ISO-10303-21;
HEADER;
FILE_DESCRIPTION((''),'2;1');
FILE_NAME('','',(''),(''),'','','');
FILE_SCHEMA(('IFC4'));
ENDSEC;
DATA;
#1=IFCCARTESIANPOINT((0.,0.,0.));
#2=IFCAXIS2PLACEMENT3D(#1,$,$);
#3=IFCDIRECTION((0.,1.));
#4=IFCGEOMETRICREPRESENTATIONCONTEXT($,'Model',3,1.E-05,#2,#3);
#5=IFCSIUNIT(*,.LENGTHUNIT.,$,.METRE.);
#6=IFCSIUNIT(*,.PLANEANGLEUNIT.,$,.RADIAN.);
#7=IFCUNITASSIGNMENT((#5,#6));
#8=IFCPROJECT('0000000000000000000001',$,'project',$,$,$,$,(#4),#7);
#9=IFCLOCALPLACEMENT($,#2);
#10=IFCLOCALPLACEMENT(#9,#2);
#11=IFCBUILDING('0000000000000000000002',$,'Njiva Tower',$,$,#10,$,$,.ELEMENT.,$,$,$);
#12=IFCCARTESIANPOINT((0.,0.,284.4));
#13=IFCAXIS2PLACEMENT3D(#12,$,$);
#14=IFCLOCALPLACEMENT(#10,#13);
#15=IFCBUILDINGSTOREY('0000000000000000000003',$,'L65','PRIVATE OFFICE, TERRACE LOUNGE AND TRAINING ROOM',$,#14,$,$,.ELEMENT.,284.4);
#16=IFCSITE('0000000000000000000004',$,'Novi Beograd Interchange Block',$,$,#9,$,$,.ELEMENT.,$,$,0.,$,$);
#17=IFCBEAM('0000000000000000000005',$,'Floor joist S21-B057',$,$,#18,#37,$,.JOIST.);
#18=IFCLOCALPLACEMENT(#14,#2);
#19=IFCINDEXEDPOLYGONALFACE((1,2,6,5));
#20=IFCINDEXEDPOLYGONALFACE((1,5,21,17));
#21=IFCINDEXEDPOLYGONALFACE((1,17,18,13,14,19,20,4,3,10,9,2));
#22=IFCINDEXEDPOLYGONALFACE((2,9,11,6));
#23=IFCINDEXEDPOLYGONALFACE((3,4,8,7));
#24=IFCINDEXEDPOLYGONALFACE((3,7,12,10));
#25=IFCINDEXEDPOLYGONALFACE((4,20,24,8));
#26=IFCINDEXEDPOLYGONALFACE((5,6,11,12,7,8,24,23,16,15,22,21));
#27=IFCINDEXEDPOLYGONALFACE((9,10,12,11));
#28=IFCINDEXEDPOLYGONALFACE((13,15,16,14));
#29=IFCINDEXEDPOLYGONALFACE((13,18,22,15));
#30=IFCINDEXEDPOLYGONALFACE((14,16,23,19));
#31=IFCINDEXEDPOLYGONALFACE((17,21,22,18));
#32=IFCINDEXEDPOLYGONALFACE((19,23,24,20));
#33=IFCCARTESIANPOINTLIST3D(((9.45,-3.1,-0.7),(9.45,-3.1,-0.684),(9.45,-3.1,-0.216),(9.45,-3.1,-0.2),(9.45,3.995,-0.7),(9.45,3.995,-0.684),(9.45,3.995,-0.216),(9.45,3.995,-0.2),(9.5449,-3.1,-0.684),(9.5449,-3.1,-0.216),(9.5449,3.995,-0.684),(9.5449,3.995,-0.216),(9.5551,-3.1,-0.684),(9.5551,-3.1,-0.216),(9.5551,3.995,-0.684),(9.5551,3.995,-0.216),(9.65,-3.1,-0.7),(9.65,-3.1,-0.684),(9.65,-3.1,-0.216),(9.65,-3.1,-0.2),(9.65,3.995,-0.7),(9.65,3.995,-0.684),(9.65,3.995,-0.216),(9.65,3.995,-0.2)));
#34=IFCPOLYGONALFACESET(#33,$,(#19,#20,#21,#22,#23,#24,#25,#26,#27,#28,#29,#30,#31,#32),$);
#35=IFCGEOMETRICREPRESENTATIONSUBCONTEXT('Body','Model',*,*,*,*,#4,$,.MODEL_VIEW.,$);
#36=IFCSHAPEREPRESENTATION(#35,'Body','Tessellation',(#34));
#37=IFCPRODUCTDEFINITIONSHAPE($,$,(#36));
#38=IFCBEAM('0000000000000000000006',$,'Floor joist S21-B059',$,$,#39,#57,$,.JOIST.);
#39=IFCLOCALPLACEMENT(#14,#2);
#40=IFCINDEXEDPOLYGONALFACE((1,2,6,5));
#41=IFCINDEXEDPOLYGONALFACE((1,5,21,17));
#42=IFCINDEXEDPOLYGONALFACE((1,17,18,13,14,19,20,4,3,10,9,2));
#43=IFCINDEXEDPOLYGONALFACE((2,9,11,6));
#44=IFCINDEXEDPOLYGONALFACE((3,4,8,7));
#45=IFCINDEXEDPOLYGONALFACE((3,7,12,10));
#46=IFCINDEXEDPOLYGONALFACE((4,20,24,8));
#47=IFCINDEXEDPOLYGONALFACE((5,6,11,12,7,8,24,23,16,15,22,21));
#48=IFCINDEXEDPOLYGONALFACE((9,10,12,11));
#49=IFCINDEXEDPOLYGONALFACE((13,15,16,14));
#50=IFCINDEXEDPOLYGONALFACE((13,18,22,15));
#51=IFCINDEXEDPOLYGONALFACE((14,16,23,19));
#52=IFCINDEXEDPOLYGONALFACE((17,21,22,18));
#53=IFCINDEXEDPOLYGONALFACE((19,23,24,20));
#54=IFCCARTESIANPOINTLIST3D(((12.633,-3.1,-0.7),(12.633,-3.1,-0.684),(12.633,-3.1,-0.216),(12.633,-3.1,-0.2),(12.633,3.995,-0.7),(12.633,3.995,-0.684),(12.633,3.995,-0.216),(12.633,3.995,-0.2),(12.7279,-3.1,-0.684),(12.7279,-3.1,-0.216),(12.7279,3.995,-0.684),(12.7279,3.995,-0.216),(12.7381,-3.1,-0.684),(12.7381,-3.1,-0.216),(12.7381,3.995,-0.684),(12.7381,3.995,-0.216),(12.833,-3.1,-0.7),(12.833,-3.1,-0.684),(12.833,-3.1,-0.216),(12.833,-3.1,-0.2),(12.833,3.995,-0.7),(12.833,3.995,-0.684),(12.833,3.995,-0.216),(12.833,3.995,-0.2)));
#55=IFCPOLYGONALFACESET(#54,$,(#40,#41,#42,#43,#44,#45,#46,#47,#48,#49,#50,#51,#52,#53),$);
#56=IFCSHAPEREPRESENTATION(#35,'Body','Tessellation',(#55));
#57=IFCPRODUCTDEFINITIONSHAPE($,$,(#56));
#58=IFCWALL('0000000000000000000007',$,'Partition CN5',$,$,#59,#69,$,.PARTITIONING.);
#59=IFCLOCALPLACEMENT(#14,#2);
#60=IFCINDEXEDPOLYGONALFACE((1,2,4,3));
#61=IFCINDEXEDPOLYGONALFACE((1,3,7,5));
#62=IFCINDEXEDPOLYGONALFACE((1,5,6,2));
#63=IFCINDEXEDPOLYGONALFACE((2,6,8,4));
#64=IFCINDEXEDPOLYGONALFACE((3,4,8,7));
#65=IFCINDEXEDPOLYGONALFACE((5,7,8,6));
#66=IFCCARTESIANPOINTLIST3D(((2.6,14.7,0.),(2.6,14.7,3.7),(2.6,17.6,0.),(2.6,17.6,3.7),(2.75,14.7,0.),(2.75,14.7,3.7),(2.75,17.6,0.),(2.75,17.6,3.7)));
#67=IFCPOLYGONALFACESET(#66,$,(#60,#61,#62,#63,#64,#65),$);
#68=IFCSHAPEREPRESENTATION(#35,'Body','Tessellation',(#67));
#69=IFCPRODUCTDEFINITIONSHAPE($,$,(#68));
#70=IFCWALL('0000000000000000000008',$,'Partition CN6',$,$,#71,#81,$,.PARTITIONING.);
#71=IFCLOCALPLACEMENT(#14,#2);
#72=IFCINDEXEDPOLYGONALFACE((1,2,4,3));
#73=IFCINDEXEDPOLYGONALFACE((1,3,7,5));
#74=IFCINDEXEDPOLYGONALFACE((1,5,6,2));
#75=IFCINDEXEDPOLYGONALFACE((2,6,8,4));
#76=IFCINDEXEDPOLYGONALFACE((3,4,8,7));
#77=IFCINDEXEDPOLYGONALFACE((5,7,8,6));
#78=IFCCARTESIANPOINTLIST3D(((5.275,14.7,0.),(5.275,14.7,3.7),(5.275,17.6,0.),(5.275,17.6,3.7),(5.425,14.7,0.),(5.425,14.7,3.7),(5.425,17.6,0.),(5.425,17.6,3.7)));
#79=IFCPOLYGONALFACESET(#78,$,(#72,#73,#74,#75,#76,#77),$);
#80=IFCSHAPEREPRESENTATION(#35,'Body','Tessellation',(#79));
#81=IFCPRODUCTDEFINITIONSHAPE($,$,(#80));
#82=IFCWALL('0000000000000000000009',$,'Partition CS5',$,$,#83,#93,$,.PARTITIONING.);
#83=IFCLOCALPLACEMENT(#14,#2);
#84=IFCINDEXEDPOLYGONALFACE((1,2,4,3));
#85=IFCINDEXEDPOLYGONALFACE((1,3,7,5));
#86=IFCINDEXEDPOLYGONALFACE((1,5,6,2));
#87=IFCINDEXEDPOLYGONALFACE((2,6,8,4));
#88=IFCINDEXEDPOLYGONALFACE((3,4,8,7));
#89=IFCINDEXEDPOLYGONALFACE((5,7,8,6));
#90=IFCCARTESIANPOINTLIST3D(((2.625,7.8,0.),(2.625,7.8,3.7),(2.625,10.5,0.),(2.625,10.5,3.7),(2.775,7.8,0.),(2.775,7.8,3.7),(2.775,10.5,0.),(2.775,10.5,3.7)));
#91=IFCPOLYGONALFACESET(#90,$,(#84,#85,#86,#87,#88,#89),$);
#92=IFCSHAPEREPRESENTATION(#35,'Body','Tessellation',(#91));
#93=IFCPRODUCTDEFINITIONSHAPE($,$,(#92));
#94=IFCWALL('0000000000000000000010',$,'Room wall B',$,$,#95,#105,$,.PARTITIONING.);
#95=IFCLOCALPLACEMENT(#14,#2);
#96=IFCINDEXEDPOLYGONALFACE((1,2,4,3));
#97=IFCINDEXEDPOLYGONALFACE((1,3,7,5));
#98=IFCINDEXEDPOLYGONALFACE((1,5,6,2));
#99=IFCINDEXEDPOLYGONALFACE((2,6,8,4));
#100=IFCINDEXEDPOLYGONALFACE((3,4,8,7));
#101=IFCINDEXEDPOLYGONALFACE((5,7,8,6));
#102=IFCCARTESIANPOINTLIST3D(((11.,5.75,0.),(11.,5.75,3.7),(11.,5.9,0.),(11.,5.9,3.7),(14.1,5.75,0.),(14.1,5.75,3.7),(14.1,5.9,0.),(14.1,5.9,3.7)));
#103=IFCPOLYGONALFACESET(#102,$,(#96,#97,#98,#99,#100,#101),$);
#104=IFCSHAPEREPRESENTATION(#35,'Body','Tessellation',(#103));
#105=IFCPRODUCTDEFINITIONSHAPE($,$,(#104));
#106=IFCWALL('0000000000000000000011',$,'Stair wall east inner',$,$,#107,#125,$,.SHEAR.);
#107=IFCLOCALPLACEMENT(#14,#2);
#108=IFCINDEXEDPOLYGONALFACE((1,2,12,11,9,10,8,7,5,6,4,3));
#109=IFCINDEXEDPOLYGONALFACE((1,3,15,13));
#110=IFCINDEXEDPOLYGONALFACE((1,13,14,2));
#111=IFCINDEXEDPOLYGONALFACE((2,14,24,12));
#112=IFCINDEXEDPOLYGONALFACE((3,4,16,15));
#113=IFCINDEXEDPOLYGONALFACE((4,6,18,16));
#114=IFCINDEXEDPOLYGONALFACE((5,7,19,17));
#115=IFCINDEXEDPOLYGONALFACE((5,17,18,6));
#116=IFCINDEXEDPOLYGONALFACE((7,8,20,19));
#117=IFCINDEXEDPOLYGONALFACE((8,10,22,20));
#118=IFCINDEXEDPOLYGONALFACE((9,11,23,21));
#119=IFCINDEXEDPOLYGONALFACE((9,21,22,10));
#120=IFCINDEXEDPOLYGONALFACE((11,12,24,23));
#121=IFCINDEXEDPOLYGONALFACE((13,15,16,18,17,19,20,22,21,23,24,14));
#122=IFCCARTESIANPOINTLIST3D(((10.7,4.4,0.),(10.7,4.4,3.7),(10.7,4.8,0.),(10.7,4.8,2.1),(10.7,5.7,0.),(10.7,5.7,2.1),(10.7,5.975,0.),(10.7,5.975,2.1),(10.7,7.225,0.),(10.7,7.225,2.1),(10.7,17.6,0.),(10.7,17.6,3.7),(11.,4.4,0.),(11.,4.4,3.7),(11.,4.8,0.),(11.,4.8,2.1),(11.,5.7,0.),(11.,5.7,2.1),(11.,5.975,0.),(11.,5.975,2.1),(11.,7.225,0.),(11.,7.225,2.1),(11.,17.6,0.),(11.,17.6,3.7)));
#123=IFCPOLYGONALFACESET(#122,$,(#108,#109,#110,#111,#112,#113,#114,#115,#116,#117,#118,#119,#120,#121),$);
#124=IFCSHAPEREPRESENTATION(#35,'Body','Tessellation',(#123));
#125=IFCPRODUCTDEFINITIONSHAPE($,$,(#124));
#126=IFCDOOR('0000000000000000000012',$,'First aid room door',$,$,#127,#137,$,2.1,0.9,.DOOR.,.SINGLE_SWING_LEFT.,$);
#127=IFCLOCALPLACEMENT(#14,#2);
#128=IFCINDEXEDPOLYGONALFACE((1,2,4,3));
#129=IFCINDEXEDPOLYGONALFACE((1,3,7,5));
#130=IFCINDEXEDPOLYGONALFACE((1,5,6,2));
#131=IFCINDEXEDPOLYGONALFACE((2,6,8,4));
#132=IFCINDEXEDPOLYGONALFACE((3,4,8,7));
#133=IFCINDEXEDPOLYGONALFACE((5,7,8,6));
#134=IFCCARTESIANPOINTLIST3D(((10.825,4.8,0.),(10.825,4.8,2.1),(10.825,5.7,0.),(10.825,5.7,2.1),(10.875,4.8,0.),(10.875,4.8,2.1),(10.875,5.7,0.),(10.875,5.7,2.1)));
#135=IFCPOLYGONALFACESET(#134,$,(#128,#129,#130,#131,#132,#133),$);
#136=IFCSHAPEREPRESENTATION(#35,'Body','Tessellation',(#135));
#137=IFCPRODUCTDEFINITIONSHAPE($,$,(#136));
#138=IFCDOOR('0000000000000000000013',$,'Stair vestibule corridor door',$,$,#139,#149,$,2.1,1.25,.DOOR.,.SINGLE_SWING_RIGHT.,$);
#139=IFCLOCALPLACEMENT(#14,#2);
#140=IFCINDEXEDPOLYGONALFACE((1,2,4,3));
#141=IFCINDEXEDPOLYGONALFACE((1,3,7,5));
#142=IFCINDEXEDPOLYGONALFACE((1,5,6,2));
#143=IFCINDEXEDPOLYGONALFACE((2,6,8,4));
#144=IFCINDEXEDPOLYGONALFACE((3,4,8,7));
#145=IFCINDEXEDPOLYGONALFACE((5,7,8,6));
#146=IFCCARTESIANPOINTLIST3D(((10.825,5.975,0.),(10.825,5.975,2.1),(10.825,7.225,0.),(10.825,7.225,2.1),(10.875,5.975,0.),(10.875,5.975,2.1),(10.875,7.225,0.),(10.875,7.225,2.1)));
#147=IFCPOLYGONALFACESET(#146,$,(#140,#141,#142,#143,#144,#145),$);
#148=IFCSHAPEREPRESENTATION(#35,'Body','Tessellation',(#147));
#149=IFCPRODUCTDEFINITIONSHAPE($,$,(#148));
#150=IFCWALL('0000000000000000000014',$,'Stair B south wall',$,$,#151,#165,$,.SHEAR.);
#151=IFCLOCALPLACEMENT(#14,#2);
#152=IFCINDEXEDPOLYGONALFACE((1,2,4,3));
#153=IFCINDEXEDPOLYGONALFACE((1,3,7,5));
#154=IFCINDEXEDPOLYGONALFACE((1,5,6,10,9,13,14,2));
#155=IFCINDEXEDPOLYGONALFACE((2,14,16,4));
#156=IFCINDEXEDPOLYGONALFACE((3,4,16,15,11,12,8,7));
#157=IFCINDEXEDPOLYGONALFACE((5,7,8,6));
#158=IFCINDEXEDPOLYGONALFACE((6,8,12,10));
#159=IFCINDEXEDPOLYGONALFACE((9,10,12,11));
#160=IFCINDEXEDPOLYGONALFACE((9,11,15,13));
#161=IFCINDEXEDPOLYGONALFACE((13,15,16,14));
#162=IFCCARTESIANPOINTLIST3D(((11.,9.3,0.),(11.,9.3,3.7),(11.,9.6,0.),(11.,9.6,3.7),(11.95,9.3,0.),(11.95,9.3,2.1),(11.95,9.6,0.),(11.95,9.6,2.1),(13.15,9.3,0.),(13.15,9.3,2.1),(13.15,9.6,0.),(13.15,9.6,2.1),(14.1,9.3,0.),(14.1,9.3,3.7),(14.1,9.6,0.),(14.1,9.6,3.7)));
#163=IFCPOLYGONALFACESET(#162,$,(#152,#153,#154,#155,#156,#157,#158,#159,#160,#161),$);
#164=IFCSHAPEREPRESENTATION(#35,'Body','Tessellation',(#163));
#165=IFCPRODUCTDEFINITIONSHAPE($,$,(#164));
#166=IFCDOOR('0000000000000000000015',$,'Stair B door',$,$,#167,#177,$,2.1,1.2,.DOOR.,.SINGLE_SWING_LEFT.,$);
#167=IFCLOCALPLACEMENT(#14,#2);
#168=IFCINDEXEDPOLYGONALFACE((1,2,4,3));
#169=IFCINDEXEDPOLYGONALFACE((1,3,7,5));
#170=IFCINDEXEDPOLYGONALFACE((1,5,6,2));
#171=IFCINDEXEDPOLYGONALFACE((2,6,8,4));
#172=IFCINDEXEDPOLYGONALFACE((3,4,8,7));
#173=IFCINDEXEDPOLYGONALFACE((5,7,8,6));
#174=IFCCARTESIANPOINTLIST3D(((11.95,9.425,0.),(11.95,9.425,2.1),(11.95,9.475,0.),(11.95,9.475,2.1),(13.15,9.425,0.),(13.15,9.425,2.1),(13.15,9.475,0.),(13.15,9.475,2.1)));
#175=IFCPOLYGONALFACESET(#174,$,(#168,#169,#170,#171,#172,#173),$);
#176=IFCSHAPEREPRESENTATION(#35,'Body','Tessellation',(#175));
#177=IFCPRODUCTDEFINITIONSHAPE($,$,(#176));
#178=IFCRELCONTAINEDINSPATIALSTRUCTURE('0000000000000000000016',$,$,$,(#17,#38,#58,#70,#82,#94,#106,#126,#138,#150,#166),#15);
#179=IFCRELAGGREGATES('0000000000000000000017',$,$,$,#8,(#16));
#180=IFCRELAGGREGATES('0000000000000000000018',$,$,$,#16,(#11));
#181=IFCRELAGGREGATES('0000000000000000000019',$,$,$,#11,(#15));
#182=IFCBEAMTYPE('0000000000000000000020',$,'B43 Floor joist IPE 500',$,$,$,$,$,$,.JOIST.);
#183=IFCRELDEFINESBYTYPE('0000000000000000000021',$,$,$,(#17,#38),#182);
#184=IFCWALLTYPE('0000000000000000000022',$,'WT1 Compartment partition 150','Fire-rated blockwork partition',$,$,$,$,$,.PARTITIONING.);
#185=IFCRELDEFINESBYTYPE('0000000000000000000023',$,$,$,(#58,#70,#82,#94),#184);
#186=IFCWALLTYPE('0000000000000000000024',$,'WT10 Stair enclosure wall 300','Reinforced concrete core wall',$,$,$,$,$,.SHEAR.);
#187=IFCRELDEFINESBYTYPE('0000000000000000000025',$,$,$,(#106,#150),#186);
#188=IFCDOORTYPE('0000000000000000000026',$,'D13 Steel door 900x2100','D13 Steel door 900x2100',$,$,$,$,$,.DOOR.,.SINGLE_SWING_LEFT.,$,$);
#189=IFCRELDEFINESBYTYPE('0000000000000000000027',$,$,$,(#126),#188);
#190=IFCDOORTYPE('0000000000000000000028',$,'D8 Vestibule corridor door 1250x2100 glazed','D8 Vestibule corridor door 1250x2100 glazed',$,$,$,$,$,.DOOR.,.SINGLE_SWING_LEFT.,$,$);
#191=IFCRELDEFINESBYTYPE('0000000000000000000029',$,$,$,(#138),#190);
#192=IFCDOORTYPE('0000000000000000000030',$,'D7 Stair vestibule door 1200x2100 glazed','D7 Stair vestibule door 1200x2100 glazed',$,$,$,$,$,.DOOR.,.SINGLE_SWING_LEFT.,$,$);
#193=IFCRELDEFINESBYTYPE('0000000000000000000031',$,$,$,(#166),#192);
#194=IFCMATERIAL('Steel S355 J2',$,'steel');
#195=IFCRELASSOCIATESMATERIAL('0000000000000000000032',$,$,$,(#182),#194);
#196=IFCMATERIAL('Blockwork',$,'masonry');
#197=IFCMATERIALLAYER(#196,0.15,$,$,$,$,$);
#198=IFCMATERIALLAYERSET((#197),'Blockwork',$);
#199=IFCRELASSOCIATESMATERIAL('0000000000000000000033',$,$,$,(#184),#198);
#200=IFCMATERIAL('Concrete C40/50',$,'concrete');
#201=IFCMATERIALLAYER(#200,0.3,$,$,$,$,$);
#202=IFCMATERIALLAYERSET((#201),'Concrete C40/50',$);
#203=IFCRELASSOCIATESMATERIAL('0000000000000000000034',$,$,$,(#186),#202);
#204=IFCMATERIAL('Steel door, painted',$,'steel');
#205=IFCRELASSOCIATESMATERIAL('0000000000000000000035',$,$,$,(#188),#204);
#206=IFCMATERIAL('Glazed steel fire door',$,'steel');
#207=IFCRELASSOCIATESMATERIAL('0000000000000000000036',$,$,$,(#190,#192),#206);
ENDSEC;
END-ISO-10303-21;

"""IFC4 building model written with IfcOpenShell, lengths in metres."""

from ifc_helpers import new_model, si_unit, direction, frame, frame_2d, origin, origin_2d, place, context, subcontext, project, spatial, rectangle, i_section, extrude, material, layer, layer_set, material_profile, profile_set, type_object, element, fill, save


model = new_model("IFC4")

# Units and contexts
model_context = context("Model", 3, precision=1e-05, world=origin(), true_north=direction((0.0, 1.0)))
body_context = subcontext(model_context, "Body", "Model", "MODEL_VIEW")
ifc_project = project(units=[si_unit("LENGTHUNIT", "METRE"), si_unit("PLANEANGLEUNIT", "RADIAN")], contexts=[model_context])

# Site, building, storey
site_placement = place(None, origin())
site = spatial("IfcSite", under=ifc_project, at=site_placement, Name="Novi Beograd Interchange Block", CompositionType="ELEMENT", RefElevation=0.0)
building_placement = place(site_placement, origin())
building = spatial("IfcBuilding", under=site, at=building_placement, Name="Njiva Tower", CompositionType="ELEMENT")
storey_placement = place(building_placement, frame((0.0, 0.0, 284.4)))
storey = spatial("IfcBuildingStorey", under=building, at=storey_placement, Name="L65", Description="PRIVATE OFFICE, TERRACE LOUNGE AND TRAINING ROOM", CompositionType="ELEMENT", Elevation=284.4)

# Shared definitions
ifc_material_1 = material(Name="Steel S355 J2", Category="steel")

# Beams
ifc_material_profile_1 = material_profile(ifc_material_1, i_section(OverallWidth=0.2, OverallDepth=0.5, WebThickness=0.0102, FlangeThickness=0.016, at=origin_2d()), Name="IPE 500")
ifc_profile_set_1 = profile_set([ifc_material_profile_1], Name="Steel S355 J2")
beam_type_1 = type_object("IfcBeamType", Name="B43 Floor joist IPE 500", PredefinedType="JOIST", material=ifc_profile_set_1)
for number, where, z_axis, x_axis, name in (
    (1, (9.55, 3.995, -0.45), (0.0, -1.0, 0.0), (1.0, 0.0, 0.0), "Floor joist S21-B057"),
    (2, (12.733, 3.995, -0.45), (0.0, -1.0, 0.0), (1.0, 0.0, 0.0), "Floor joist S21-B059"),
):
    element("IfcBeam", number, at=place(storey_placement, frame(where, z_axis=z_axis, x_axis=x_axis)), inside=storey, type_object=beam_type_1, Name=name, PredefinedType="JOIST", context=body_context, shape_type="SweptSolid", body=[
        extrude(i_section(OverallWidth=0.2, OverallDepth=0.5, WebThickness=0.0102, FlangeThickness=0.016, at=origin_2d()), origin(), (0.0, 0.0, 1.0), 7.095),
    ])

# Walls
ifc_material_2 = material(Name="Blockwork", Category="masonry")
ifc_layer_1 = layer(ifc_material_2, 0.15)
ifc_layer_set_1 = layer_set([ifc_layer_1], Name="Blockwork")
wall_type_1 = type_object("IfcWallType", Name="WT1 Compartment partition 150", Description="Fire-rated blockwork partition", PredefinedType="PARTITIONING", material=ifc_layer_set_1)
for number, where, z_axis, x_axis, name in (
    (3, (2.675, 14.7, 0.0), (0.0, 0.0, 1.0), (0.0, 1.0, 0.0), "Partition CN5"),
    (4, (5.35, 14.7, 0.0), (0.0, 0.0, 1.0), (0.0, 1.0, 0.0), "Partition CN6"),
):
    element("IfcWall", number, at=place(storey_placement, frame(where, z_axis=z_axis, x_axis=x_axis)), inside=storey, type_object=wall_type_1, Name=name, PredefinedType="PARTITIONING", context=body_context, shape_type="SweptSolid", body=[
        extrude(rectangle(XDim=2.9, YDim=0.15, at=frame_2d((1.45, 0.0))), origin(), (0.0, 0.0, 1.0), 3.7),
    ])
wall_1_placement = place(storey_placement, frame((2.7, 7.8, 0.0), z_axis=(0.0, 0.0, 1.0), x_axis=(0.0, 1.0, 0.0)))
element("IfcWall", 5, at=wall_1_placement, inside=storey, type_object=wall_type_1, Name="Partition CS5", PredefinedType="PARTITIONING", context=body_context, shape_type="SweptSolid", body=[
    extrude(rectangle(XDim=2.7, YDim=0.15, at=frame_2d((1.35, 0.0))), origin(), (0.0, 0.0, 1.0), 3.7),
])
wall_2_placement = place(storey_placement, frame((11.0, 5.825, 0.0), z_axis=(0.0, 0.0, 1.0), x_axis=(1.0, 0.0, 0.0)))
element("IfcWall", 6, at=wall_2_placement, inside=storey, type_object=wall_type_1, Name="Room wall B", PredefinedType="PARTITIONING", context=body_context, shape_type="SweptSolid", body=[
    extrude(rectangle(XDim=3.1, YDim=0.15, at=frame_2d((1.55, 0.0))), origin(), (0.0, 0.0, 1.0), 3.7),
])

# Wall, openings, doors
ifc_material_3 = material(Name="Concrete C40/50", Category="concrete")
ifc_layer_2 = layer(ifc_material_3, 0.3)
ifc_layer_set_2 = layer_set([ifc_layer_2], Name="Concrete C40/50")
wall_type_2 = type_object("IfcWallType", Name="WT10 Stair enclosure wall 300", Description="Reinforced concrete core wall", PredefinedType="SHEAR", material=ifc_layer_set_2)
wall_3_placement = place(storey_placement, frame((10.85, 4.4, 0.0), z_axis=(0.0, 0.0, 1.0), x_axis=(0.0, 1.0, 0.0)))
wall_3 = element("IfcWall", 7, at=wall_3_placement, inside=storey, type_object=wall_type_2, Name="Stair wall east inner", PredefinedType="SHEAR", context=body_context, shape_type="SweptSolid", body=[
    extrude(rectangle(XDim=13.2, YDim=0.3, at=frame_2d((6.6, 0.0))), origin(), (0.0, 0.0, 1.0), 3.7),
])
opening_1_placement = place(wall_3_placement, frame((1.575, 0.0, 0.0)))
opening_1 = element("IfcOpeningElement", 8, at=opening_1_placement, cuts=wall_3, PredefinedType="OPENING", context=body_context, shape_type="SweptSolid", body=[
    extrude(rectangle(XDim=1.25, YDim=2.1, at=frame_2d((0.625, 1.05))), frame((0.0, 0.16, 0.0), z_axis=(0.0, -1.0, 0.0), x_axis=(1.0, 0.0, 0.0)), (0.0, 0.0, 1.0), 0.32),
])
opening_2_placement = place(wall_3_placement, frame((0.4, 0.0, 0.0)))
opening_2 = element("IfcOpeningElement", 9, at=opening_2_placement, cuts=wall_3, PredefinedType="OPENING", context=body_context, shape_type="SweptSolid", body=[
    extrude(rectangle(XDim=0.9, YDim=2.1, at=frame_2d((0.45, 1.05))), frame((0.0, 0.16, 0.0), z_axis=(0.0, -1.0, 0.0), x_axis=(1.0, 0.0, 0.0)), (0.0, 0.0, 1.0), 0.32),
])
ifc_material_4 = material(Name="Steel door, painted", Category="steel")
door_type_1 = type_object("IfcDoorType", Name="D13 Steel door 900x2100", Description="D13 Steel door 900x2100", OperationType="SINGLE_SWING_LEFT", PredefinedType="DOOR", material=ifc_material_4)
door_1_placement = place(opening_2_placement, origin())
door_1 = element("IfcDoor", 10, at=door_1_placement, inside=storey, type_object=door_type_1, Name="First aid room door", OperationType="SINGLE_SWING_LEFT", OverallHeight=2.1, OverallWidth=0.9, PredefinedType="DOOR", context=body_context, shape_type="SweptSolid", body=[
    extrude(rectangle(XDim=0.9, YDim=2.1, at=frame_2d((0.45, 1.05))), frame((0.0, 0.025, 0.0), z_axis=(0.0, -1.0, 0.0), x_axis=(1.0, 0.0, 0.0)), (0.0, 0.0, 1.0), 0.05),
])
fill(opening_2, door_1)
ifc_material_5 = material(Name="Glazed steel fire door", Category="steel")
door_type_2 = type_object("IfcDoorType", Name="D8 Vestibule corridor door 1250x2100 glazed", Description="D8 Vestibule corridor door 1250x2100 glazed", OperationType="SINGLE_SWING_LEFT", PredefinedType="DOOR", material=ifc_material_5)
door_2_placement = place(opening_1_placement, origin())
door_2 = element("IfcDoor", 11, at=door_2_placement, inside=storey, type_object=door_type_2, Name="Stair vestibule corridor door", OperationType="SINGLE_SWING_RIGHT", OverallHeight=2.1, OverallWidth=1.25, PredefinedType="DOOR", context=body_context, shape_type="SweptSolid", body=[
    extrude(rectangle(XDim=1.25, YDim=2.1, at=frame_2d((0.625, 1.05))), frame((0.0, 0.025, 0.0), z_axis=(0.0, -1.0, 0.0), x_axis=(1.0, 0.0, 0.0)), (0.0, 0.0, 1.0), 0.05),
])
fill(opening_1, door_2)

# Wall, opening, door
wall_4_placement = place(storey_placement, frame((11.0, 9.45, 0.0), z_axis=(0.0, 0.0, 1.0), x_axis=(1.0, 0.0, 0.0)))
wall_4 = element("IfcWall", 12, at=wall_4_placement, inside=storey, type_object=wall_type_2, Name="Stair B south wall", PredefinedType="SHEAR", context=body_context, shape_type="SweptSolid", body=[
    extrude(rectangle(XDim=3.1, YDim=0.3, at=frame_2d((1.55, 0.0))), origin(), (0.0, 0.0, 1.0), 3.7),
])
opening_3_placement = place(wall_4_placement, frame((0.95, 0.0, 0.0)))
opening_3 = element("IfcOpeningElement", 13, at=opening_3_placement, cuts=wall_4, PredefinedType="OPENING", context=body_context, shape_type="SweptSolid", body=[
    extrude(rectangle(XDim=1.2, YDim=2.1, at=frame_2d((0.6, 1.05))), frame((0.0, 0.16, 0.0), z_axis=(0.0, -1.0, 0.0), x_axis=(1.0, 0.0, 0.0)), (0.0, 0.0, 1.0), 0.32),
])
door_type_3 = type_object("IfcDoorType", Name="D7 Stair vestibule door 1200x2100 glazed", Description="D7 Stair vestibule door 1200x2100 glazed", OperationType="SINGLE_SWING_LEFT", PredefinedType="DOOR", material=ifc_material_5)
door_3_placement = place(opening_3_placement, origin())
door_3 = element("IfcDoor", 14, at=door_3_placement, inside=storey, type_object=door_type_3, Name="Stair B door", OperationType="SINGLE_SWING_LEFT", OverallHeight=2.1, OverallWidth=1.2, PredefinedType="DOOR", context=body_context, shape_type="SweptSolid", body=[
    extrude(rectangle(XDim=1.2, YDim=2.1, at=frame_2d((0.6, 1.05))), frame((0.0, 0.025, 0.0), z_axis=(0.0, -1.0, 0.0), x_axis=(1.0, 0.0, 0.0)), (0.0, 0.0, 1.0), 0.05),
])
fill(opening_3, door_3)

save(model, "model.ifc")
